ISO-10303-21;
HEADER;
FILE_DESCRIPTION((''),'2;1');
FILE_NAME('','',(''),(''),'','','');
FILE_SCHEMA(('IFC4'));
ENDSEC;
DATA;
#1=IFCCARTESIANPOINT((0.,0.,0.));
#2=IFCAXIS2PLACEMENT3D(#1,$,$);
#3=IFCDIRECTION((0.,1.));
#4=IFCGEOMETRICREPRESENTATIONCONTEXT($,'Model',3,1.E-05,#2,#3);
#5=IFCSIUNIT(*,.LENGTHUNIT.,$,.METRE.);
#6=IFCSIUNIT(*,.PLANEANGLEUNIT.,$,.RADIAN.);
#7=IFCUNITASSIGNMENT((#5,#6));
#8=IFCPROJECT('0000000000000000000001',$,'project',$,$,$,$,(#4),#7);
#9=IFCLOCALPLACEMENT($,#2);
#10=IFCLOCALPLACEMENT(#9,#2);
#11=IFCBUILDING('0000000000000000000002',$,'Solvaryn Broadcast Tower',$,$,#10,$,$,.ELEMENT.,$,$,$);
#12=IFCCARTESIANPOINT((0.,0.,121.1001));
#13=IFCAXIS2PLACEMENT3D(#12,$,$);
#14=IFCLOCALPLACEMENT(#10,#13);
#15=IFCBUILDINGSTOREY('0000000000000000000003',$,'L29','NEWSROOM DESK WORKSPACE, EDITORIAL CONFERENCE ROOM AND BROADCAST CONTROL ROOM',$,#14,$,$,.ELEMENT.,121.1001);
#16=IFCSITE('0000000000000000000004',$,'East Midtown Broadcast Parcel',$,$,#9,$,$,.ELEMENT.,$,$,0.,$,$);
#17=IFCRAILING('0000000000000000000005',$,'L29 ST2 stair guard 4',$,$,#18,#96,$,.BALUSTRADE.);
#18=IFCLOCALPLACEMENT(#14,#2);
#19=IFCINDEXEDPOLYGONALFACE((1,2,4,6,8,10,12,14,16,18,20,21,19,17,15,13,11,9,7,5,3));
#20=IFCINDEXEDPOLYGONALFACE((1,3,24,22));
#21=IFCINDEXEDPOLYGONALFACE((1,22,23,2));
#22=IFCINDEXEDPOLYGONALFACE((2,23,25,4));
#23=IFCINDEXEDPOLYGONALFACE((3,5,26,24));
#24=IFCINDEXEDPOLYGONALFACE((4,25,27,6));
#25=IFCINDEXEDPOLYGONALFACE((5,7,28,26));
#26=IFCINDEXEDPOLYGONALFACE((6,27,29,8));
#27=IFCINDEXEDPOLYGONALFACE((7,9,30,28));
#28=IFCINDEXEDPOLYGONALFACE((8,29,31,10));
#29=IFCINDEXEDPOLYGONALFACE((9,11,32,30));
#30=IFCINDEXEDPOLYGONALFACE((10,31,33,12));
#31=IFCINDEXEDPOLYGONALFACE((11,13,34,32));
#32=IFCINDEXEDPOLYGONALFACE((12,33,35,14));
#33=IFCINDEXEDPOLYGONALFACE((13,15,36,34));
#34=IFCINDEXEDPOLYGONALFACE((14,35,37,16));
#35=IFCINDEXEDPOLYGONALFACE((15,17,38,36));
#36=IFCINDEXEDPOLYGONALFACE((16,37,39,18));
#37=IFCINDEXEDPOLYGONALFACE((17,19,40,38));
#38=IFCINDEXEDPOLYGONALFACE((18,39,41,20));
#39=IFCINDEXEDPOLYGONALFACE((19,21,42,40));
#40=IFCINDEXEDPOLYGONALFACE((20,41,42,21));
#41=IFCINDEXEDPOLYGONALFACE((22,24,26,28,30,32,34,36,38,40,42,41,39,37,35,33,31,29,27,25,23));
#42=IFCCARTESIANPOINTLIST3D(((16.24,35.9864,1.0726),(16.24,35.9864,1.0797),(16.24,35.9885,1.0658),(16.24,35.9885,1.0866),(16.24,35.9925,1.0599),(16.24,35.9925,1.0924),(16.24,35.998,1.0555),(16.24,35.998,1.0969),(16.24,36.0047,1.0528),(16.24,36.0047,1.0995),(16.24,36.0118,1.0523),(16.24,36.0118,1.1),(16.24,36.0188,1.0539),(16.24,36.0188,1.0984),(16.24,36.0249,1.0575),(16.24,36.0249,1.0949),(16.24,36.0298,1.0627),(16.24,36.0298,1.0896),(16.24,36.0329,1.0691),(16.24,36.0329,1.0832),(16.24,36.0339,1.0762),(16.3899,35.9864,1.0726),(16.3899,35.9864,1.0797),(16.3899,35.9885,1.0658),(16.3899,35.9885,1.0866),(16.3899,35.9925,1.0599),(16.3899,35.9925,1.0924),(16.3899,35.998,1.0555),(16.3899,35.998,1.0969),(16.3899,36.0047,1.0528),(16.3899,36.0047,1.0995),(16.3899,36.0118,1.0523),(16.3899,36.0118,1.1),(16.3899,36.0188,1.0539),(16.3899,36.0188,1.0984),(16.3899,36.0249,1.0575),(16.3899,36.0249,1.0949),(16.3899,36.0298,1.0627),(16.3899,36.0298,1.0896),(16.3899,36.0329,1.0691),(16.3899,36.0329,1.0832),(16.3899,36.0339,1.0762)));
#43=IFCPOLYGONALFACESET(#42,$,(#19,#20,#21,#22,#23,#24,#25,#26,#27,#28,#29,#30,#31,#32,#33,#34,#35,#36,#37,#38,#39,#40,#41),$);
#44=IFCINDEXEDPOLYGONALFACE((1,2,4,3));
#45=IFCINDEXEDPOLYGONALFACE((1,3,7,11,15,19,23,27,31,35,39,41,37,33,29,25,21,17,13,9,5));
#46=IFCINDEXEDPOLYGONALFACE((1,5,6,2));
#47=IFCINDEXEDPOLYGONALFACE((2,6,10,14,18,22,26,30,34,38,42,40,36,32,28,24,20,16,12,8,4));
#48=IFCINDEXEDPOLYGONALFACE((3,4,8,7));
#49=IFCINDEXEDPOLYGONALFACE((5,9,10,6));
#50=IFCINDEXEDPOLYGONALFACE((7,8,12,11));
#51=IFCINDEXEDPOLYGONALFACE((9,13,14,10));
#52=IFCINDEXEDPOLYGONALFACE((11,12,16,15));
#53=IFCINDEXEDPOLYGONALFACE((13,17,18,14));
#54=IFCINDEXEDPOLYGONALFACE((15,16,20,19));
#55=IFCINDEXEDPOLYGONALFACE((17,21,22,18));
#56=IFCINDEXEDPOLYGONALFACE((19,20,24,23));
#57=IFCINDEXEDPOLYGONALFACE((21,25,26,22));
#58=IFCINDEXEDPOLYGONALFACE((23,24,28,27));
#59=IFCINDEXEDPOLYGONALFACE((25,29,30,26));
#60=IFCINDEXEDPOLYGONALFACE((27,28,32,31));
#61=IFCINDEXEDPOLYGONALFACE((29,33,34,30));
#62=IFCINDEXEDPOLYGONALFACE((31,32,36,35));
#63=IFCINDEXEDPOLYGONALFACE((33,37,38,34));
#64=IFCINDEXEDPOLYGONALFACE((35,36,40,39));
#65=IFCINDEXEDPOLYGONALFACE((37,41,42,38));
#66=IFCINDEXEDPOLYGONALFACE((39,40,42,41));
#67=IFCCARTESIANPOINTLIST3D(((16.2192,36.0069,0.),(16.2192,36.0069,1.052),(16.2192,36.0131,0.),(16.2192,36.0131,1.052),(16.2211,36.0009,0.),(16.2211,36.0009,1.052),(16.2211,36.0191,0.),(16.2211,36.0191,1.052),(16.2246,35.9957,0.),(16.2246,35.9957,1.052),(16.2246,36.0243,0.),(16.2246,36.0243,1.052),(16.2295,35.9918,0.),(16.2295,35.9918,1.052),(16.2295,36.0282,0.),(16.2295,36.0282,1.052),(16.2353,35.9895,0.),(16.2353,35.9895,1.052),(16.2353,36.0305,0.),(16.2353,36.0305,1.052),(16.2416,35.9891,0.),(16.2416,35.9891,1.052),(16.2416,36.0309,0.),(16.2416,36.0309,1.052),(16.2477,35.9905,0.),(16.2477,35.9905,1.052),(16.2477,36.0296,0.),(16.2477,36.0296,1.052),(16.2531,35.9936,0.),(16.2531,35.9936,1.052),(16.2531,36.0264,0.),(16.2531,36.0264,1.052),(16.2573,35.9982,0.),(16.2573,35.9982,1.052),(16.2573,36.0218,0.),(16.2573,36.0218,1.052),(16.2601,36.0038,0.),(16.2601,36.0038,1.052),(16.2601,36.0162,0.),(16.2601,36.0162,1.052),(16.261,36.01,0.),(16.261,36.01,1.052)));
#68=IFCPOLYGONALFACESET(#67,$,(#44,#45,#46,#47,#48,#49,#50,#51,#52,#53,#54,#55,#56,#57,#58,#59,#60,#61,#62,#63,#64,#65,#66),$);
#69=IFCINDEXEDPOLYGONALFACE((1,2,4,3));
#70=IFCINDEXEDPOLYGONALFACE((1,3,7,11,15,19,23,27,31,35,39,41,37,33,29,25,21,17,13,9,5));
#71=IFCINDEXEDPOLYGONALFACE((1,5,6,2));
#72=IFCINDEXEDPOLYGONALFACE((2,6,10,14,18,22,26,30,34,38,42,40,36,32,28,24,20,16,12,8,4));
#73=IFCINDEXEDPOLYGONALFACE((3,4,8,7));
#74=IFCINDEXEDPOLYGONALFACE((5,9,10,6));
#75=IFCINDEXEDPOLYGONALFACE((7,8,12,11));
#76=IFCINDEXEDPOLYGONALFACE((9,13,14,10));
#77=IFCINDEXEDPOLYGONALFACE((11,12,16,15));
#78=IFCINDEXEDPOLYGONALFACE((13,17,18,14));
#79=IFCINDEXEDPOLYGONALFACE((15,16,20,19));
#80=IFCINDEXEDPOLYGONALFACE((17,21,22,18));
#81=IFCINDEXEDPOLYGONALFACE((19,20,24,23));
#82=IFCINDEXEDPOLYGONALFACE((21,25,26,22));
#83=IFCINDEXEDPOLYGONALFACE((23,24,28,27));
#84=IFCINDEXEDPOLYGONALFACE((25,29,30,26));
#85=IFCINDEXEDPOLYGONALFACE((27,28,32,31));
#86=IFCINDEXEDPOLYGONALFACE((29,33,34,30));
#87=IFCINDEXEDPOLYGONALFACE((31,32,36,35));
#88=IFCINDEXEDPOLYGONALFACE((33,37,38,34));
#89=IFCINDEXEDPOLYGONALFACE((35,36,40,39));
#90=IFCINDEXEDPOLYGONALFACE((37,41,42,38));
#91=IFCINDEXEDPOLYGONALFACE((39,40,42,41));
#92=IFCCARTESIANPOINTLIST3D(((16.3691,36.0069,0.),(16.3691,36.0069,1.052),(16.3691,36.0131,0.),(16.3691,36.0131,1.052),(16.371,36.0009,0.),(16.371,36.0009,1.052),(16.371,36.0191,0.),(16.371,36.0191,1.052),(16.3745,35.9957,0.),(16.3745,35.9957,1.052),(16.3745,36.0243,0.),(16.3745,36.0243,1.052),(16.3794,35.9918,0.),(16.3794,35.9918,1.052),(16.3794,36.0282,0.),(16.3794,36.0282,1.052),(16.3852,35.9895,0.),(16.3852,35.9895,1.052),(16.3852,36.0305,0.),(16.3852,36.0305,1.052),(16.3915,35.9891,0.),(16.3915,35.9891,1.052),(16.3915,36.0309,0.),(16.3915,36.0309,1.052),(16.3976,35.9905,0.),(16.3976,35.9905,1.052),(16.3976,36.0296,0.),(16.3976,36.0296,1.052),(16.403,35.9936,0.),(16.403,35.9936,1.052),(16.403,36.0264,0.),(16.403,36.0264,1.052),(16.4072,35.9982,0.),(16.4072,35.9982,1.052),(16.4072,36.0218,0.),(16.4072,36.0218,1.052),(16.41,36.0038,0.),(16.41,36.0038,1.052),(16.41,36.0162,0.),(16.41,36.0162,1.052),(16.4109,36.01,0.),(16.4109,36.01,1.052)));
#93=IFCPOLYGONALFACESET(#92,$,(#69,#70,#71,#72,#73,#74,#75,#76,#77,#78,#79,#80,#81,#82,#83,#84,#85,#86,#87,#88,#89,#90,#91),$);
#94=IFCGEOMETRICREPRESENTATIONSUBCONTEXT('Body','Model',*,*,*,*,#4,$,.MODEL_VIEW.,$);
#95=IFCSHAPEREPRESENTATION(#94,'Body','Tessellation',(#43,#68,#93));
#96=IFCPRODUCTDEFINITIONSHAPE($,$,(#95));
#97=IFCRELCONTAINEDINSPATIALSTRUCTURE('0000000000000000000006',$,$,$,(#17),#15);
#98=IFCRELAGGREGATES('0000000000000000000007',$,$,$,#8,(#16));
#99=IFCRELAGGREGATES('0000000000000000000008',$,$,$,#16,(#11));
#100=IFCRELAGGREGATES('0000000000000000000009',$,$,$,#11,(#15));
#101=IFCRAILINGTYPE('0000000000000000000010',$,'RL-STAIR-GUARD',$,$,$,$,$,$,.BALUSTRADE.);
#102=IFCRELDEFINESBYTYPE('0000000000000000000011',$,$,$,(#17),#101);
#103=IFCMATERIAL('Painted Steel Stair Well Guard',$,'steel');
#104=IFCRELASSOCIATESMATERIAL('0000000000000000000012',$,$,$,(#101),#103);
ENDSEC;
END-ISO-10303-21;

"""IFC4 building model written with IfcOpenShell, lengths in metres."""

from ifc_helpers import new_model, si_unit, direction, frame, origin, origin_2d, place, context, subcontext, project, spatial, circle, extrude, material, type_object, element, save


model = new_model("IFC4")

# Units and contexts
model_context = context("Model", 3, precision=1e-05, world=origin(), true_north=direction((0.0, 1.0)))
body_context = subcontext(model_context, "Body", "Model", "MODEL_VIEW")
ifc_project = project(units=[si_unit("LENGTHUNIT", "METRE"), si_unit("PLANEANGLEUNIT", "RADIAN")], contexts=[model_context])

# Site, building, storey
site_placement = place(None, origin())
site = spatial("IfcSite", under=ifc_project, at=site_placement, Name="East Midtown Broadcast Parcel", CompositionType="ELEMENT", RefElevation=0.0)
building_placement = place(site_placement, origin())
building = spatial("IfcBuilding", under=site, at=building_placement, Name="Solvaryn Broadcast Tower", CompositionType="ELEMENT")
storey_placement = place(building_placement, frame((0.0, 0.0, 121.1001)))
storey = spatial("IfcBuildingStorey", under=building, at=storey_placement, Name="L29", Description="NEWSROOM DESK WORKSPACE, EDITORIAL CONFERENCE ROOM AND BROADCAST CONTROL ROOM", CompositionType="ELEMENT", Elevation=121.1001)

# Railing
ifc_material_1 = material(Name="Painted Steel Stair Well Guard", Category="steel")
railing_type_1 = type_object("IfcRailingType", Name="RL-STAIR-GUARD", PredefinedType="BALUSTRADE", material=ifc_material_1)
railing_1_placement = place(storey_placement, frame((16.24, 36.01, 0.0)))
element("IfcRailing", 1, at=railing_1_placement, inside=storey, type_object=railing_type_1, Name="L29 ST2 stair guard 4", PredefinedType="BALUSTRADE", context=body_context, shape_type="SweptSolid", body=[
    extrude(circle(Radius=0.0239, at=origin_2d()), frame((0.0, 0.0, 1.0762), z_axis=(1.0, 0.0, 0.0), x_axis=(0.0, 1.0, 0.0)), (0.0, 0.0, 1.0), 0.1499),
    extrude(circle(Radius=0.021, at=origin_2d()), origin(), (0.0, 0.0, 1.0), 1.052),
    extrude(circle(Radius=0.021, at=origin_2d()), frame((0.1499, 0.0, 0.0)), (0.0, 0.0, 1.0), 1.052),
])

save(model, "model.ifc")
